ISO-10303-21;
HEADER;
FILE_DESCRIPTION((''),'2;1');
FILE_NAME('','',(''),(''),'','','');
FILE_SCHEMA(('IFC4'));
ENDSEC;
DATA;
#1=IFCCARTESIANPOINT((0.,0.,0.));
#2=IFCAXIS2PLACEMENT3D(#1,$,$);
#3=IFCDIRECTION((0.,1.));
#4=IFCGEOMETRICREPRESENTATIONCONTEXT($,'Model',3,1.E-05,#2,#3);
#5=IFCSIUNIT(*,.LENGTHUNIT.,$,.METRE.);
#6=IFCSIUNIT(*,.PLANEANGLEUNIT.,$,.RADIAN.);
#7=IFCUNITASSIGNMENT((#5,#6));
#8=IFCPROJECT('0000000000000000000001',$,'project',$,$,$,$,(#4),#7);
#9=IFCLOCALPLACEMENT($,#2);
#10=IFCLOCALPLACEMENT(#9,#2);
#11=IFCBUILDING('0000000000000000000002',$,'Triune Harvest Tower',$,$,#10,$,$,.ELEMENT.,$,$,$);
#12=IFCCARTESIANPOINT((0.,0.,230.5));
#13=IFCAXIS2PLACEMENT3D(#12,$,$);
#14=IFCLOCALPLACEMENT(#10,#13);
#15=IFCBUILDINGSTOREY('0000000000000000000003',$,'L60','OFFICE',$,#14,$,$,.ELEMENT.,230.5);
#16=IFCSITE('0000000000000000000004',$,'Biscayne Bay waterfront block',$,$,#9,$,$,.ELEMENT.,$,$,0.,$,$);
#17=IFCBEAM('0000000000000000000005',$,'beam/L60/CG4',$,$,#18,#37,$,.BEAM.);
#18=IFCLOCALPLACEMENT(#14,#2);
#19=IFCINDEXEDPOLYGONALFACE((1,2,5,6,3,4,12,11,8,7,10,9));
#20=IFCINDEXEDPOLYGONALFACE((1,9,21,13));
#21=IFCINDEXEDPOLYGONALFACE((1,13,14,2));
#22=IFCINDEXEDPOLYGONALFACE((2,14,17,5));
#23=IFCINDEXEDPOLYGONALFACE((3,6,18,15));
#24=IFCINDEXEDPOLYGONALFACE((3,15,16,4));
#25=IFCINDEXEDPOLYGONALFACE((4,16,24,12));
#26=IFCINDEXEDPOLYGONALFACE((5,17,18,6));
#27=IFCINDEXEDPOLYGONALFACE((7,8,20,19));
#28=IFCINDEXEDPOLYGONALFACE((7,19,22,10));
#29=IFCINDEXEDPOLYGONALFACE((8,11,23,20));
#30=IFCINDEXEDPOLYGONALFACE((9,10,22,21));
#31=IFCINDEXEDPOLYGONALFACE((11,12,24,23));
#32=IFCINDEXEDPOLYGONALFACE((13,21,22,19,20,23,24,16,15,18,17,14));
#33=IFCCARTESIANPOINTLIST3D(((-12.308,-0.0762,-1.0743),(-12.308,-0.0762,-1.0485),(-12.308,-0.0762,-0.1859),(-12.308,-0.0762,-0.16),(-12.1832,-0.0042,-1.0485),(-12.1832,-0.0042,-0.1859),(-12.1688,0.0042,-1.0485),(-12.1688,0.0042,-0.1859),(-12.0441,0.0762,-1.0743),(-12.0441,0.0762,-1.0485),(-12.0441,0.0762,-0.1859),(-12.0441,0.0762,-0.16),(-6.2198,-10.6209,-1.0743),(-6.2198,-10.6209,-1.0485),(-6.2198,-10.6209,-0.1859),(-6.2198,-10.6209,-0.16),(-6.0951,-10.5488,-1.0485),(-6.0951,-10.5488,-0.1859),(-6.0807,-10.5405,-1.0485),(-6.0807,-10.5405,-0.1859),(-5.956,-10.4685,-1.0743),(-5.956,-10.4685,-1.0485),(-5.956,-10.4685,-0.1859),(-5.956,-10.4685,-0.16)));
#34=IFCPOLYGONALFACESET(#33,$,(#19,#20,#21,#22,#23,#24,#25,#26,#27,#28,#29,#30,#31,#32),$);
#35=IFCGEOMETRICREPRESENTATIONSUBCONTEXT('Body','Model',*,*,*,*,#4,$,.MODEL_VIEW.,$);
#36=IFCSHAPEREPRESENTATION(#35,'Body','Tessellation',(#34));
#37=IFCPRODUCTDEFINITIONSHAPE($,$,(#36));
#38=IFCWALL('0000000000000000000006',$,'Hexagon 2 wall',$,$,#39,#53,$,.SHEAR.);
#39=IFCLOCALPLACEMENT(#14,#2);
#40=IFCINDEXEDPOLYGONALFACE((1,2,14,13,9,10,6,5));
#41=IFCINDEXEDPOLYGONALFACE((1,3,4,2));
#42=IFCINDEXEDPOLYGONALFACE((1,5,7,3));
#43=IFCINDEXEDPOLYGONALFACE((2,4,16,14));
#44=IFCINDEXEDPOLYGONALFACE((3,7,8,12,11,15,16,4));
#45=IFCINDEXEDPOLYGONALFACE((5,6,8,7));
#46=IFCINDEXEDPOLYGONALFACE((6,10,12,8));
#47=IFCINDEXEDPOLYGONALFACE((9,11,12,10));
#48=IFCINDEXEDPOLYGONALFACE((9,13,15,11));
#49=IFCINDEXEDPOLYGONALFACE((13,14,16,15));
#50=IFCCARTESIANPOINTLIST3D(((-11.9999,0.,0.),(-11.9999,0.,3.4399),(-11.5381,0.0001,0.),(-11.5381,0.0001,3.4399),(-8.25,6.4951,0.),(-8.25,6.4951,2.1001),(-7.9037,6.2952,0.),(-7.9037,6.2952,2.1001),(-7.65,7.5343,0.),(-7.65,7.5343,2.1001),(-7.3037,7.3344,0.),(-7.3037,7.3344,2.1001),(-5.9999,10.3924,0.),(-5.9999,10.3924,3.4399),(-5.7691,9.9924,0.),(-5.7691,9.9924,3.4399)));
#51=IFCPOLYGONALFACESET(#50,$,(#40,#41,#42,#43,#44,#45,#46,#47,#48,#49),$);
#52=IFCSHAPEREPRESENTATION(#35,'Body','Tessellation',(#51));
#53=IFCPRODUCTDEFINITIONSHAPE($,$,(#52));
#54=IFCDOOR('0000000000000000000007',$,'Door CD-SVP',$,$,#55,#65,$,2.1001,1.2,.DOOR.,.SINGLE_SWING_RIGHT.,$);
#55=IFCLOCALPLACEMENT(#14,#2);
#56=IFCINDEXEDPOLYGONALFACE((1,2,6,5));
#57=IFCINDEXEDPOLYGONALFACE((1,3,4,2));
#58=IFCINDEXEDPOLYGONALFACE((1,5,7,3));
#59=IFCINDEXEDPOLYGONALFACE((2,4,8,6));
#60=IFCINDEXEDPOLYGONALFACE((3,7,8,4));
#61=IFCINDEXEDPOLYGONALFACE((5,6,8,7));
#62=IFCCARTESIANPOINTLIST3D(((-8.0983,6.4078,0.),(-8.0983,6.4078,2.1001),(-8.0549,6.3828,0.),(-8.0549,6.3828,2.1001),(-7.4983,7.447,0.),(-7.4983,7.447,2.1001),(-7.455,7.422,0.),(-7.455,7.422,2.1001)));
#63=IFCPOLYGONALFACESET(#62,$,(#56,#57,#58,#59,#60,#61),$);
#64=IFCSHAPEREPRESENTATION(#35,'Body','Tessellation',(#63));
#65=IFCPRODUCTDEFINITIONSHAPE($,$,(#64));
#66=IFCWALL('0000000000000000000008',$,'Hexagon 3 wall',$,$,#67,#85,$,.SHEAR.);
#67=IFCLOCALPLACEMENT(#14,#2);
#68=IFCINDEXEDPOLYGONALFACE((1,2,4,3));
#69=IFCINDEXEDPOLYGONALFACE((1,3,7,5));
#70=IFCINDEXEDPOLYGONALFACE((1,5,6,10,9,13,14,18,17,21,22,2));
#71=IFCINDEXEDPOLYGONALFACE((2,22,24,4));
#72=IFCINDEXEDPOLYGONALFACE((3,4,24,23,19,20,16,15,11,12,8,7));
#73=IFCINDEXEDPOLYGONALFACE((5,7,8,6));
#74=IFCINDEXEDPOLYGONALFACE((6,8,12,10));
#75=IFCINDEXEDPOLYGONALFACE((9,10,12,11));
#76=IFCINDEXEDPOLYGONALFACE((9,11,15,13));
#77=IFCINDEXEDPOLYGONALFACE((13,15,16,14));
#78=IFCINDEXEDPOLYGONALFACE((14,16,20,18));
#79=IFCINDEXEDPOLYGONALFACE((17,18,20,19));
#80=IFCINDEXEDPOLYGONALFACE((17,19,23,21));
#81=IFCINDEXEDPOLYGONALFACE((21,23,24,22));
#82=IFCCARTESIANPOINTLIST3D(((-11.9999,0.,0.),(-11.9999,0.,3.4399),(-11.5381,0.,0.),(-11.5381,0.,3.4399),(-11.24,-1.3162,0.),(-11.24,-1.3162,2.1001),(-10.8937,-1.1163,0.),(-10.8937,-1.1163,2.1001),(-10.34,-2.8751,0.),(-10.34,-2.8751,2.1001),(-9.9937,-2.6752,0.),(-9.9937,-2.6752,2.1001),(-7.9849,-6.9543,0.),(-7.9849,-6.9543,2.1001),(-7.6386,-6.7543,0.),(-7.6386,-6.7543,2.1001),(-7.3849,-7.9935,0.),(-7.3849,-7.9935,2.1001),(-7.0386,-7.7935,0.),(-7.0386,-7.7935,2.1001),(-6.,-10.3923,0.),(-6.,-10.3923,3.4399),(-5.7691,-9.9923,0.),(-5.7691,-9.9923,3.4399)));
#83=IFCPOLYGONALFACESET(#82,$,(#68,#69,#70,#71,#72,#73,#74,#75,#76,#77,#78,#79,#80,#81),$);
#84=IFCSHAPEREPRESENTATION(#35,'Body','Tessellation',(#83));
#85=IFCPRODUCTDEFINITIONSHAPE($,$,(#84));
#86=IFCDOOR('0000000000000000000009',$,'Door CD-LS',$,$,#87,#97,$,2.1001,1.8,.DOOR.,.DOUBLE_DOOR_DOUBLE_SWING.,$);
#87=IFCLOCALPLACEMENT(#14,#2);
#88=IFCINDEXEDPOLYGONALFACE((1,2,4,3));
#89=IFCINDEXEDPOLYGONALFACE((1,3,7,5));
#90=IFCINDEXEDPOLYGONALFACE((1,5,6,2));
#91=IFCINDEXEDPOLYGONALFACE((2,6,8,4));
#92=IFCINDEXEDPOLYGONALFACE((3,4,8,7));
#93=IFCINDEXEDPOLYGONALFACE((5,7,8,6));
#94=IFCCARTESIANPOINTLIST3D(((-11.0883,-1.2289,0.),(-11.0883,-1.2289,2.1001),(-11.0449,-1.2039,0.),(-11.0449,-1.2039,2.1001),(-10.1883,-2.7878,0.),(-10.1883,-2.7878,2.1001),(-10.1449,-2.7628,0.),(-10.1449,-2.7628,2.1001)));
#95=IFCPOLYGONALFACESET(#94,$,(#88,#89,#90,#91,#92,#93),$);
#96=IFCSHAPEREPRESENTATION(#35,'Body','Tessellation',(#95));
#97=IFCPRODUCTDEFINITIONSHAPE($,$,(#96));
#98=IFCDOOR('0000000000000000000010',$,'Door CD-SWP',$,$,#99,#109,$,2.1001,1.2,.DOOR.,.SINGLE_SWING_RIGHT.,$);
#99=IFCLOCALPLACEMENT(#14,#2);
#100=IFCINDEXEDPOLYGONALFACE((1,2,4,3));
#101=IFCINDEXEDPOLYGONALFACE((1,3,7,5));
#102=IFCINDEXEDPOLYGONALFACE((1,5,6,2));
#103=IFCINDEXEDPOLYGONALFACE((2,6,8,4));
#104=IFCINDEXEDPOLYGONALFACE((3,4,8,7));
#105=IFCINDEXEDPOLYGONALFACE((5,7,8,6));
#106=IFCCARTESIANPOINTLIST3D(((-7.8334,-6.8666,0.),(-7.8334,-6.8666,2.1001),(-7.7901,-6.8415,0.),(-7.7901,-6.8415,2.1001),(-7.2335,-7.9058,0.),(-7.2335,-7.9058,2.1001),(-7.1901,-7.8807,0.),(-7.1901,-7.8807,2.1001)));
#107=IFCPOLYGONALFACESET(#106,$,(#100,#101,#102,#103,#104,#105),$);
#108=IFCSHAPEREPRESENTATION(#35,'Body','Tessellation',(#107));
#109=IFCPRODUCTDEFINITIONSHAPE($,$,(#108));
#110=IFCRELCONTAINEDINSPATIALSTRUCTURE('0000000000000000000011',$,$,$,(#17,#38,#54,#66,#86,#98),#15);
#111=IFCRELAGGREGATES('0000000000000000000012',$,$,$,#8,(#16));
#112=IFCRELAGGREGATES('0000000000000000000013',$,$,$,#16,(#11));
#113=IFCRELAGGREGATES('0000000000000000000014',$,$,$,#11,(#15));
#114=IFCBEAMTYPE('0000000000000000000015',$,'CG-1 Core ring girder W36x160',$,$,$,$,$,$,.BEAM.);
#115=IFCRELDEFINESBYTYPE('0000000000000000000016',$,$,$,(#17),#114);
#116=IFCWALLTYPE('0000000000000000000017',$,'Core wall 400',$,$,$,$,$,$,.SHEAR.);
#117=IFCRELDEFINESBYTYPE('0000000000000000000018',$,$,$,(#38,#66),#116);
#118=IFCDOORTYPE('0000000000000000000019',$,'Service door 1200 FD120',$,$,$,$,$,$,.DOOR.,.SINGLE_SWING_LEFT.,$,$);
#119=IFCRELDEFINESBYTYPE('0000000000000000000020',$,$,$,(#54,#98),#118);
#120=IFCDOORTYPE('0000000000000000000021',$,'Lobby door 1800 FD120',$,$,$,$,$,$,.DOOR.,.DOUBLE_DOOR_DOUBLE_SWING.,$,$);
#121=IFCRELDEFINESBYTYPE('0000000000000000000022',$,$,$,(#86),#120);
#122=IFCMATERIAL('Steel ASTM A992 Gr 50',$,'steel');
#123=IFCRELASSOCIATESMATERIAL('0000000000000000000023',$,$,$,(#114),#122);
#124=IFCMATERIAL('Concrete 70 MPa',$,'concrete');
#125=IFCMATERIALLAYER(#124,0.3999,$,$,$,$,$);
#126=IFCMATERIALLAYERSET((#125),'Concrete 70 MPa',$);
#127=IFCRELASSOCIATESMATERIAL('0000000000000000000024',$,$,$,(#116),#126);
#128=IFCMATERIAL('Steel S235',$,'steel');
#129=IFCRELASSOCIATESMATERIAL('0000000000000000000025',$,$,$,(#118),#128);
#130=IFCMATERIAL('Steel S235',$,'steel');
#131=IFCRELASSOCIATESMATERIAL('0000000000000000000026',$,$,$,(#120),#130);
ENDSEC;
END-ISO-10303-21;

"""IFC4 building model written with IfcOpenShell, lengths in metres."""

from ifc_helpers import new_model, si_unit, direction, frame, frame_2d, origin, origin_2d, place, context, subcontext, project, spatial, polyline, rectangle, i_section, outline, extrude, source, transform, mapped, material, layer, layer_set, material_profile, profile_set, type_object, element, fill, save


model = new_model("IFC4")

# Units and contexts
model_context = context("Model", 3, precision=1e-05, world=origin(), true_north=direction((0.0, 1.0)))
body_context = subcontext(model_context, "Body", "Model", "MODEL_VIEW")
ifc_project = project(units=[si_unit("LENGTHUNIT", "METRE"), si_unit("PLANEANGLEUNIT", "RADIAN")], contexts=[model_context])

# Site, building, storey
site_placement = place(None, origin())
site = spatial("IfcSite", under=ifc_project, at=site_placement, Name="Biscayne Bay waterfront block", CompositionType="ELEMENT", RefElevation=0.0)
building_placement = place(site_placement, origin())
building = spatial("IfcBuilding", under=site, at=building_placement, Name="Triune Harvest Tower", CompositionType="ELEMENT")
storey_placement = place(building_placement, frame((0.0, 0.0, 230.5)))
storey = spatial("IfcBuildingStorey", under=building, at=storey_placement, Name="L60", Description="OFFICE", CompositionType="ELEMENT", Elevation=230.5)

# Beam
ifc_material_1 = material(Name="Steel ASTM A992 Gr 50", Category="steel")
ifc_material_profile = material_profile(ifc_material_1, i_section(OverallWidth=0.3047, OverallDepth=0.9143, WebThickness=0.0166, FlangeThickness=0.0259, at=origin_2d()), Name="W36x160")
ifc_profile_set = profile_set([ifc_material_profile], Name="Steel ASTM A992 Gr 50")
beam_type = type_object("IfcBeamType", Name="CG-1 Core ring girder W36x160", PredefinedType="BEAM", material=ifc_profile_set)
shared_shape_1 = source(origin(), body_context, "Body", "SweptSolid", [
    extrude(i_section(OverallWidth=0.3047, OverallDepth=0.9143, WebThickness=0.0166, FlangeThickness=0.0259, at=origin_2d()), origin(), (0.0, 0.0, 1.0), 12.176),
])
beam_placement = place(storey_placement, frame((-12.176, 0.0, -0.6172), z_axis=(0.50001, -0.86602, 0.0), x_axis=(0.86602, 0.50001, 0.0)))
element("IfcBeam", 1, at=beam_placement, inside=storey, type_object=beam_type, Name="beam/L60/CG4", PredefinedType="BEAM", context=body_context, shape_type="MappedRepresentation", body=[
    mapped(shared_shape_1, transform((0.0, 0.0, 0.0), scale=1.0)),
])

# Wall, opening, door
ifc_material_2 = material(Name="Concrete 70 MPa", Category="concrete")
ifc_layer_1 = layer(ifc_material_2, 0.3999)
ifc_layer_set_1 = layer_set([ifc_layer_1], Name="Concrete 70 MPa")
wall_type_1 = type_object("IfcWallType", Name="Core wall 400", PredefinedType="SHEAR", material=ifc_layer_set_1)
shared_shape_2 = source(origin(), body_context, "Body", "SweptSolid", [
    extrude(outline(polyline([(-0.1155, -0.2), (11.8845, -0.2), (11.6536, 0.2), (0.1155, 0.2), (-0.1155, -0.2)])), origin(), (0.0, 0.0, 1.0), 3.4399),
])
wall_1_placement = place(storey_placement, frame((-5.8845, 10.1924, 0.0), z_axis=(0.0, 0.0, 1.0), x_axis=(-0.499997, -0.866027, 0.0)))
wall_1 = element("IfcWall", 2, at=wall_1_placement, inside=storey, type_object=wall_type_1, Name="Hexagon 2 wall", PredefinedType="SHEAR", context=body_context, shape_type="MappedRepresentation", body=[
    mapped(shared_shape_2, transform((0.0, 0.0, 0.0), scale=1.0)),
])
opening_1_placement = place(wall_1_placement, frame((3.1846, 0.0, 0.0)))
opening_1 = element("IfcOpeningElement", 3, at=opening_1_placement, cuts=wall_1, PredefinedType="OPENING", context=body_context, shape_type="SweptSolid", body=[
    extrude(rectangle(XDim=1.2, YDim=2.1001, at=frame_2d((0.6001, 1.05))), frame((0.0, 0.21, 0.0), z_axis=(0.0, -1.0, 0.0), x_axis=(1.0, 0.0, 0.0)), (0.0, 0.0, 1.0), 0.4199),
])
ifc_material_3 = material(Name="Steel S235", Category="steel")
door_type_1 = type_object("IfcDoorType", Name="Service door 1200 FD120", OperationType="SINGLE_SWING_LEFT", PredefinedType="DOOR", material=ifc_material_3)
door_1_placement = place(opening_1_placement, frame((1.2, 0.0, 0.0), z_axis=(0.0, 0.0, 1.0), x_axis=(-1.0, 0.0, 0.0)))
door_1 = element("IfcDoor", 4, at=door_1_placement, inside=storey, type_object=door_type_1, Name="Door CD-SVP", OperationType="SINGLE_SWING_RIGHT", OverallHeight=2.1001, OverallWidth=1.2, PredefinedType="DOOR", context=body_context, shape_type="SweptSolid", body=[
    extrude(rectangle(XDim=1.2, YDim=2.1001, at=frame_2d((0.6001, 1.05))), frame((0.0, 0.0249, 0.0), z_axis=(0.0, -1.0, 0.0), x_axis=(1.0, 0.0, 0.0)), (0.0, 0.0, 1.0), 0.05),
])
fill(opening_1, door_1)

# Wall, openings, doors
wall_2_placement = place(storey_placement, frame((-11.769, 0.0, 0.0), z_axis=(0.0, 0.0, 1.0), x_axis=(0.499997, -0.866027, 0.0)))
wall_2 = element("IfcWall", 5, at=wall_2_placement, inside=storey, type_object=wall_type_1, Name="Hexagon 3 wall", PredefinedType="SHEAR", context=body_context, shape_type="MappedRepresentation", body=[
    mapped(shared_shape_2, transform((0.0, 0.0, 0.0), scale=1.0)),
])
opening_2_placement = place(wall_2_placement, frame((1.4045, 0.0, 0.0)))
opening_2 = element("IfcOpeningElement", 6, at=opening_2_placement, cuts=wall_2, PredefinedType="OPENING", context=body_context, shape_type="SweptSolid", body=[
    extrude(rectangle(XDim=1.8, YDim=2.1001, at=frame_2d((0.8999, 1.05))), frame((0.0, 0.21, 0.0), z_axis=(0.0, -1.0, 0.0), x_axis=(1.0, 0.0, 0.0)), (0.0, 0.0, 1.0), 0.4199),
])
opening_3_placement = place(wall_2_placement, frame((7.9146, 0.0, 0.0)))
opening_3 = element("IfcOpeningElement", 7, at=opening_3_placement, cuts=wall_2, PredefinedType="OPENING", context=body_context, shape_type="SweptSolid", body=[
    extrude(rectangle(XDim=1.2, YDim=2.1001, at=frame_2d((0.6001, 1.05))), frame((0.0, 0.21, 0.0), z_axis=(0.0, -1.0, 0.0), x_axis=(1.0, 0.0, 0.0)), (0.0, 0.0, 1.0), 0.4199),
])
ifc_material_4 = material(Name="Steel S235", Category="steel")
door_type_2 = type_object("IfcDoorType", Name="Lobby door 1800 FD120", OperationType="DOUBLE_DOOR_DOUBLE_SWING", PredefinedType="DOOR", material=ifc_material_4)
door_2_placement = place(opening_2_placement, frame((1.8, 0.0, 0.0), z_axis=(0.0, 0.0, 1.0), x_axis=(-1.0, 0.0, 0.0)))
door_2 = element("IfcDoor", 8, at=door_2_placement, inside=storey, type_object=door_type_2, Name="Door CD-LS", OperationType="DOUBLE_DOOR_DOUBLE_SWING", OverallHeight=2.1001, OverallWidth=1.8, PredefinedType="DOOR", context=body_context, shape_type="SweptSolid", body=[
    extrude(rectangle(XDim=1.8, YDim=2.1001, at=frame_2d((0.8999, 1.05))), frame((0.0, 0.0249, 0.0), z_axis=(0.0, -1.0, 0.0), x_axis=(1.0, 0.0, 0.0)), (0.0, 0.0, 1.0), 0.05),
])
fill(opening_2, door_2)
door_3_placement = place(opening_3_placement, frame((1.2, 0.0, 0.0), z_axis=(0.0, 0.0, 1.0), x_axis=(-1.0, 0.0, 0.0)))
door_3 = element("IfcDoor", 9, at=door_3_placement, inside=storey, type_object=door_type_1, Name="Door CD-SWP", OperationType="SINGLE_SWING_RIGHT", OverallHeight=2.1001, OverallWidth=1.2, PredefinedType="DOOR", context=body_context, shape_type="SweptSolid", body=[
    extrude(rectangle(XDim=1.2, YDim=2.1001, at=frame_2d((0.6001, 1.05))), frame((0.0, 0.0249, 0.0), z_axis=(0.0, -1.0, 0.0), x_axis=(1.0, 0.0, 0.0)), (0.0, 0.0, 1.0), 0.05),
])
fill(opening_3, door_3)

save(model, "model.ifc")
